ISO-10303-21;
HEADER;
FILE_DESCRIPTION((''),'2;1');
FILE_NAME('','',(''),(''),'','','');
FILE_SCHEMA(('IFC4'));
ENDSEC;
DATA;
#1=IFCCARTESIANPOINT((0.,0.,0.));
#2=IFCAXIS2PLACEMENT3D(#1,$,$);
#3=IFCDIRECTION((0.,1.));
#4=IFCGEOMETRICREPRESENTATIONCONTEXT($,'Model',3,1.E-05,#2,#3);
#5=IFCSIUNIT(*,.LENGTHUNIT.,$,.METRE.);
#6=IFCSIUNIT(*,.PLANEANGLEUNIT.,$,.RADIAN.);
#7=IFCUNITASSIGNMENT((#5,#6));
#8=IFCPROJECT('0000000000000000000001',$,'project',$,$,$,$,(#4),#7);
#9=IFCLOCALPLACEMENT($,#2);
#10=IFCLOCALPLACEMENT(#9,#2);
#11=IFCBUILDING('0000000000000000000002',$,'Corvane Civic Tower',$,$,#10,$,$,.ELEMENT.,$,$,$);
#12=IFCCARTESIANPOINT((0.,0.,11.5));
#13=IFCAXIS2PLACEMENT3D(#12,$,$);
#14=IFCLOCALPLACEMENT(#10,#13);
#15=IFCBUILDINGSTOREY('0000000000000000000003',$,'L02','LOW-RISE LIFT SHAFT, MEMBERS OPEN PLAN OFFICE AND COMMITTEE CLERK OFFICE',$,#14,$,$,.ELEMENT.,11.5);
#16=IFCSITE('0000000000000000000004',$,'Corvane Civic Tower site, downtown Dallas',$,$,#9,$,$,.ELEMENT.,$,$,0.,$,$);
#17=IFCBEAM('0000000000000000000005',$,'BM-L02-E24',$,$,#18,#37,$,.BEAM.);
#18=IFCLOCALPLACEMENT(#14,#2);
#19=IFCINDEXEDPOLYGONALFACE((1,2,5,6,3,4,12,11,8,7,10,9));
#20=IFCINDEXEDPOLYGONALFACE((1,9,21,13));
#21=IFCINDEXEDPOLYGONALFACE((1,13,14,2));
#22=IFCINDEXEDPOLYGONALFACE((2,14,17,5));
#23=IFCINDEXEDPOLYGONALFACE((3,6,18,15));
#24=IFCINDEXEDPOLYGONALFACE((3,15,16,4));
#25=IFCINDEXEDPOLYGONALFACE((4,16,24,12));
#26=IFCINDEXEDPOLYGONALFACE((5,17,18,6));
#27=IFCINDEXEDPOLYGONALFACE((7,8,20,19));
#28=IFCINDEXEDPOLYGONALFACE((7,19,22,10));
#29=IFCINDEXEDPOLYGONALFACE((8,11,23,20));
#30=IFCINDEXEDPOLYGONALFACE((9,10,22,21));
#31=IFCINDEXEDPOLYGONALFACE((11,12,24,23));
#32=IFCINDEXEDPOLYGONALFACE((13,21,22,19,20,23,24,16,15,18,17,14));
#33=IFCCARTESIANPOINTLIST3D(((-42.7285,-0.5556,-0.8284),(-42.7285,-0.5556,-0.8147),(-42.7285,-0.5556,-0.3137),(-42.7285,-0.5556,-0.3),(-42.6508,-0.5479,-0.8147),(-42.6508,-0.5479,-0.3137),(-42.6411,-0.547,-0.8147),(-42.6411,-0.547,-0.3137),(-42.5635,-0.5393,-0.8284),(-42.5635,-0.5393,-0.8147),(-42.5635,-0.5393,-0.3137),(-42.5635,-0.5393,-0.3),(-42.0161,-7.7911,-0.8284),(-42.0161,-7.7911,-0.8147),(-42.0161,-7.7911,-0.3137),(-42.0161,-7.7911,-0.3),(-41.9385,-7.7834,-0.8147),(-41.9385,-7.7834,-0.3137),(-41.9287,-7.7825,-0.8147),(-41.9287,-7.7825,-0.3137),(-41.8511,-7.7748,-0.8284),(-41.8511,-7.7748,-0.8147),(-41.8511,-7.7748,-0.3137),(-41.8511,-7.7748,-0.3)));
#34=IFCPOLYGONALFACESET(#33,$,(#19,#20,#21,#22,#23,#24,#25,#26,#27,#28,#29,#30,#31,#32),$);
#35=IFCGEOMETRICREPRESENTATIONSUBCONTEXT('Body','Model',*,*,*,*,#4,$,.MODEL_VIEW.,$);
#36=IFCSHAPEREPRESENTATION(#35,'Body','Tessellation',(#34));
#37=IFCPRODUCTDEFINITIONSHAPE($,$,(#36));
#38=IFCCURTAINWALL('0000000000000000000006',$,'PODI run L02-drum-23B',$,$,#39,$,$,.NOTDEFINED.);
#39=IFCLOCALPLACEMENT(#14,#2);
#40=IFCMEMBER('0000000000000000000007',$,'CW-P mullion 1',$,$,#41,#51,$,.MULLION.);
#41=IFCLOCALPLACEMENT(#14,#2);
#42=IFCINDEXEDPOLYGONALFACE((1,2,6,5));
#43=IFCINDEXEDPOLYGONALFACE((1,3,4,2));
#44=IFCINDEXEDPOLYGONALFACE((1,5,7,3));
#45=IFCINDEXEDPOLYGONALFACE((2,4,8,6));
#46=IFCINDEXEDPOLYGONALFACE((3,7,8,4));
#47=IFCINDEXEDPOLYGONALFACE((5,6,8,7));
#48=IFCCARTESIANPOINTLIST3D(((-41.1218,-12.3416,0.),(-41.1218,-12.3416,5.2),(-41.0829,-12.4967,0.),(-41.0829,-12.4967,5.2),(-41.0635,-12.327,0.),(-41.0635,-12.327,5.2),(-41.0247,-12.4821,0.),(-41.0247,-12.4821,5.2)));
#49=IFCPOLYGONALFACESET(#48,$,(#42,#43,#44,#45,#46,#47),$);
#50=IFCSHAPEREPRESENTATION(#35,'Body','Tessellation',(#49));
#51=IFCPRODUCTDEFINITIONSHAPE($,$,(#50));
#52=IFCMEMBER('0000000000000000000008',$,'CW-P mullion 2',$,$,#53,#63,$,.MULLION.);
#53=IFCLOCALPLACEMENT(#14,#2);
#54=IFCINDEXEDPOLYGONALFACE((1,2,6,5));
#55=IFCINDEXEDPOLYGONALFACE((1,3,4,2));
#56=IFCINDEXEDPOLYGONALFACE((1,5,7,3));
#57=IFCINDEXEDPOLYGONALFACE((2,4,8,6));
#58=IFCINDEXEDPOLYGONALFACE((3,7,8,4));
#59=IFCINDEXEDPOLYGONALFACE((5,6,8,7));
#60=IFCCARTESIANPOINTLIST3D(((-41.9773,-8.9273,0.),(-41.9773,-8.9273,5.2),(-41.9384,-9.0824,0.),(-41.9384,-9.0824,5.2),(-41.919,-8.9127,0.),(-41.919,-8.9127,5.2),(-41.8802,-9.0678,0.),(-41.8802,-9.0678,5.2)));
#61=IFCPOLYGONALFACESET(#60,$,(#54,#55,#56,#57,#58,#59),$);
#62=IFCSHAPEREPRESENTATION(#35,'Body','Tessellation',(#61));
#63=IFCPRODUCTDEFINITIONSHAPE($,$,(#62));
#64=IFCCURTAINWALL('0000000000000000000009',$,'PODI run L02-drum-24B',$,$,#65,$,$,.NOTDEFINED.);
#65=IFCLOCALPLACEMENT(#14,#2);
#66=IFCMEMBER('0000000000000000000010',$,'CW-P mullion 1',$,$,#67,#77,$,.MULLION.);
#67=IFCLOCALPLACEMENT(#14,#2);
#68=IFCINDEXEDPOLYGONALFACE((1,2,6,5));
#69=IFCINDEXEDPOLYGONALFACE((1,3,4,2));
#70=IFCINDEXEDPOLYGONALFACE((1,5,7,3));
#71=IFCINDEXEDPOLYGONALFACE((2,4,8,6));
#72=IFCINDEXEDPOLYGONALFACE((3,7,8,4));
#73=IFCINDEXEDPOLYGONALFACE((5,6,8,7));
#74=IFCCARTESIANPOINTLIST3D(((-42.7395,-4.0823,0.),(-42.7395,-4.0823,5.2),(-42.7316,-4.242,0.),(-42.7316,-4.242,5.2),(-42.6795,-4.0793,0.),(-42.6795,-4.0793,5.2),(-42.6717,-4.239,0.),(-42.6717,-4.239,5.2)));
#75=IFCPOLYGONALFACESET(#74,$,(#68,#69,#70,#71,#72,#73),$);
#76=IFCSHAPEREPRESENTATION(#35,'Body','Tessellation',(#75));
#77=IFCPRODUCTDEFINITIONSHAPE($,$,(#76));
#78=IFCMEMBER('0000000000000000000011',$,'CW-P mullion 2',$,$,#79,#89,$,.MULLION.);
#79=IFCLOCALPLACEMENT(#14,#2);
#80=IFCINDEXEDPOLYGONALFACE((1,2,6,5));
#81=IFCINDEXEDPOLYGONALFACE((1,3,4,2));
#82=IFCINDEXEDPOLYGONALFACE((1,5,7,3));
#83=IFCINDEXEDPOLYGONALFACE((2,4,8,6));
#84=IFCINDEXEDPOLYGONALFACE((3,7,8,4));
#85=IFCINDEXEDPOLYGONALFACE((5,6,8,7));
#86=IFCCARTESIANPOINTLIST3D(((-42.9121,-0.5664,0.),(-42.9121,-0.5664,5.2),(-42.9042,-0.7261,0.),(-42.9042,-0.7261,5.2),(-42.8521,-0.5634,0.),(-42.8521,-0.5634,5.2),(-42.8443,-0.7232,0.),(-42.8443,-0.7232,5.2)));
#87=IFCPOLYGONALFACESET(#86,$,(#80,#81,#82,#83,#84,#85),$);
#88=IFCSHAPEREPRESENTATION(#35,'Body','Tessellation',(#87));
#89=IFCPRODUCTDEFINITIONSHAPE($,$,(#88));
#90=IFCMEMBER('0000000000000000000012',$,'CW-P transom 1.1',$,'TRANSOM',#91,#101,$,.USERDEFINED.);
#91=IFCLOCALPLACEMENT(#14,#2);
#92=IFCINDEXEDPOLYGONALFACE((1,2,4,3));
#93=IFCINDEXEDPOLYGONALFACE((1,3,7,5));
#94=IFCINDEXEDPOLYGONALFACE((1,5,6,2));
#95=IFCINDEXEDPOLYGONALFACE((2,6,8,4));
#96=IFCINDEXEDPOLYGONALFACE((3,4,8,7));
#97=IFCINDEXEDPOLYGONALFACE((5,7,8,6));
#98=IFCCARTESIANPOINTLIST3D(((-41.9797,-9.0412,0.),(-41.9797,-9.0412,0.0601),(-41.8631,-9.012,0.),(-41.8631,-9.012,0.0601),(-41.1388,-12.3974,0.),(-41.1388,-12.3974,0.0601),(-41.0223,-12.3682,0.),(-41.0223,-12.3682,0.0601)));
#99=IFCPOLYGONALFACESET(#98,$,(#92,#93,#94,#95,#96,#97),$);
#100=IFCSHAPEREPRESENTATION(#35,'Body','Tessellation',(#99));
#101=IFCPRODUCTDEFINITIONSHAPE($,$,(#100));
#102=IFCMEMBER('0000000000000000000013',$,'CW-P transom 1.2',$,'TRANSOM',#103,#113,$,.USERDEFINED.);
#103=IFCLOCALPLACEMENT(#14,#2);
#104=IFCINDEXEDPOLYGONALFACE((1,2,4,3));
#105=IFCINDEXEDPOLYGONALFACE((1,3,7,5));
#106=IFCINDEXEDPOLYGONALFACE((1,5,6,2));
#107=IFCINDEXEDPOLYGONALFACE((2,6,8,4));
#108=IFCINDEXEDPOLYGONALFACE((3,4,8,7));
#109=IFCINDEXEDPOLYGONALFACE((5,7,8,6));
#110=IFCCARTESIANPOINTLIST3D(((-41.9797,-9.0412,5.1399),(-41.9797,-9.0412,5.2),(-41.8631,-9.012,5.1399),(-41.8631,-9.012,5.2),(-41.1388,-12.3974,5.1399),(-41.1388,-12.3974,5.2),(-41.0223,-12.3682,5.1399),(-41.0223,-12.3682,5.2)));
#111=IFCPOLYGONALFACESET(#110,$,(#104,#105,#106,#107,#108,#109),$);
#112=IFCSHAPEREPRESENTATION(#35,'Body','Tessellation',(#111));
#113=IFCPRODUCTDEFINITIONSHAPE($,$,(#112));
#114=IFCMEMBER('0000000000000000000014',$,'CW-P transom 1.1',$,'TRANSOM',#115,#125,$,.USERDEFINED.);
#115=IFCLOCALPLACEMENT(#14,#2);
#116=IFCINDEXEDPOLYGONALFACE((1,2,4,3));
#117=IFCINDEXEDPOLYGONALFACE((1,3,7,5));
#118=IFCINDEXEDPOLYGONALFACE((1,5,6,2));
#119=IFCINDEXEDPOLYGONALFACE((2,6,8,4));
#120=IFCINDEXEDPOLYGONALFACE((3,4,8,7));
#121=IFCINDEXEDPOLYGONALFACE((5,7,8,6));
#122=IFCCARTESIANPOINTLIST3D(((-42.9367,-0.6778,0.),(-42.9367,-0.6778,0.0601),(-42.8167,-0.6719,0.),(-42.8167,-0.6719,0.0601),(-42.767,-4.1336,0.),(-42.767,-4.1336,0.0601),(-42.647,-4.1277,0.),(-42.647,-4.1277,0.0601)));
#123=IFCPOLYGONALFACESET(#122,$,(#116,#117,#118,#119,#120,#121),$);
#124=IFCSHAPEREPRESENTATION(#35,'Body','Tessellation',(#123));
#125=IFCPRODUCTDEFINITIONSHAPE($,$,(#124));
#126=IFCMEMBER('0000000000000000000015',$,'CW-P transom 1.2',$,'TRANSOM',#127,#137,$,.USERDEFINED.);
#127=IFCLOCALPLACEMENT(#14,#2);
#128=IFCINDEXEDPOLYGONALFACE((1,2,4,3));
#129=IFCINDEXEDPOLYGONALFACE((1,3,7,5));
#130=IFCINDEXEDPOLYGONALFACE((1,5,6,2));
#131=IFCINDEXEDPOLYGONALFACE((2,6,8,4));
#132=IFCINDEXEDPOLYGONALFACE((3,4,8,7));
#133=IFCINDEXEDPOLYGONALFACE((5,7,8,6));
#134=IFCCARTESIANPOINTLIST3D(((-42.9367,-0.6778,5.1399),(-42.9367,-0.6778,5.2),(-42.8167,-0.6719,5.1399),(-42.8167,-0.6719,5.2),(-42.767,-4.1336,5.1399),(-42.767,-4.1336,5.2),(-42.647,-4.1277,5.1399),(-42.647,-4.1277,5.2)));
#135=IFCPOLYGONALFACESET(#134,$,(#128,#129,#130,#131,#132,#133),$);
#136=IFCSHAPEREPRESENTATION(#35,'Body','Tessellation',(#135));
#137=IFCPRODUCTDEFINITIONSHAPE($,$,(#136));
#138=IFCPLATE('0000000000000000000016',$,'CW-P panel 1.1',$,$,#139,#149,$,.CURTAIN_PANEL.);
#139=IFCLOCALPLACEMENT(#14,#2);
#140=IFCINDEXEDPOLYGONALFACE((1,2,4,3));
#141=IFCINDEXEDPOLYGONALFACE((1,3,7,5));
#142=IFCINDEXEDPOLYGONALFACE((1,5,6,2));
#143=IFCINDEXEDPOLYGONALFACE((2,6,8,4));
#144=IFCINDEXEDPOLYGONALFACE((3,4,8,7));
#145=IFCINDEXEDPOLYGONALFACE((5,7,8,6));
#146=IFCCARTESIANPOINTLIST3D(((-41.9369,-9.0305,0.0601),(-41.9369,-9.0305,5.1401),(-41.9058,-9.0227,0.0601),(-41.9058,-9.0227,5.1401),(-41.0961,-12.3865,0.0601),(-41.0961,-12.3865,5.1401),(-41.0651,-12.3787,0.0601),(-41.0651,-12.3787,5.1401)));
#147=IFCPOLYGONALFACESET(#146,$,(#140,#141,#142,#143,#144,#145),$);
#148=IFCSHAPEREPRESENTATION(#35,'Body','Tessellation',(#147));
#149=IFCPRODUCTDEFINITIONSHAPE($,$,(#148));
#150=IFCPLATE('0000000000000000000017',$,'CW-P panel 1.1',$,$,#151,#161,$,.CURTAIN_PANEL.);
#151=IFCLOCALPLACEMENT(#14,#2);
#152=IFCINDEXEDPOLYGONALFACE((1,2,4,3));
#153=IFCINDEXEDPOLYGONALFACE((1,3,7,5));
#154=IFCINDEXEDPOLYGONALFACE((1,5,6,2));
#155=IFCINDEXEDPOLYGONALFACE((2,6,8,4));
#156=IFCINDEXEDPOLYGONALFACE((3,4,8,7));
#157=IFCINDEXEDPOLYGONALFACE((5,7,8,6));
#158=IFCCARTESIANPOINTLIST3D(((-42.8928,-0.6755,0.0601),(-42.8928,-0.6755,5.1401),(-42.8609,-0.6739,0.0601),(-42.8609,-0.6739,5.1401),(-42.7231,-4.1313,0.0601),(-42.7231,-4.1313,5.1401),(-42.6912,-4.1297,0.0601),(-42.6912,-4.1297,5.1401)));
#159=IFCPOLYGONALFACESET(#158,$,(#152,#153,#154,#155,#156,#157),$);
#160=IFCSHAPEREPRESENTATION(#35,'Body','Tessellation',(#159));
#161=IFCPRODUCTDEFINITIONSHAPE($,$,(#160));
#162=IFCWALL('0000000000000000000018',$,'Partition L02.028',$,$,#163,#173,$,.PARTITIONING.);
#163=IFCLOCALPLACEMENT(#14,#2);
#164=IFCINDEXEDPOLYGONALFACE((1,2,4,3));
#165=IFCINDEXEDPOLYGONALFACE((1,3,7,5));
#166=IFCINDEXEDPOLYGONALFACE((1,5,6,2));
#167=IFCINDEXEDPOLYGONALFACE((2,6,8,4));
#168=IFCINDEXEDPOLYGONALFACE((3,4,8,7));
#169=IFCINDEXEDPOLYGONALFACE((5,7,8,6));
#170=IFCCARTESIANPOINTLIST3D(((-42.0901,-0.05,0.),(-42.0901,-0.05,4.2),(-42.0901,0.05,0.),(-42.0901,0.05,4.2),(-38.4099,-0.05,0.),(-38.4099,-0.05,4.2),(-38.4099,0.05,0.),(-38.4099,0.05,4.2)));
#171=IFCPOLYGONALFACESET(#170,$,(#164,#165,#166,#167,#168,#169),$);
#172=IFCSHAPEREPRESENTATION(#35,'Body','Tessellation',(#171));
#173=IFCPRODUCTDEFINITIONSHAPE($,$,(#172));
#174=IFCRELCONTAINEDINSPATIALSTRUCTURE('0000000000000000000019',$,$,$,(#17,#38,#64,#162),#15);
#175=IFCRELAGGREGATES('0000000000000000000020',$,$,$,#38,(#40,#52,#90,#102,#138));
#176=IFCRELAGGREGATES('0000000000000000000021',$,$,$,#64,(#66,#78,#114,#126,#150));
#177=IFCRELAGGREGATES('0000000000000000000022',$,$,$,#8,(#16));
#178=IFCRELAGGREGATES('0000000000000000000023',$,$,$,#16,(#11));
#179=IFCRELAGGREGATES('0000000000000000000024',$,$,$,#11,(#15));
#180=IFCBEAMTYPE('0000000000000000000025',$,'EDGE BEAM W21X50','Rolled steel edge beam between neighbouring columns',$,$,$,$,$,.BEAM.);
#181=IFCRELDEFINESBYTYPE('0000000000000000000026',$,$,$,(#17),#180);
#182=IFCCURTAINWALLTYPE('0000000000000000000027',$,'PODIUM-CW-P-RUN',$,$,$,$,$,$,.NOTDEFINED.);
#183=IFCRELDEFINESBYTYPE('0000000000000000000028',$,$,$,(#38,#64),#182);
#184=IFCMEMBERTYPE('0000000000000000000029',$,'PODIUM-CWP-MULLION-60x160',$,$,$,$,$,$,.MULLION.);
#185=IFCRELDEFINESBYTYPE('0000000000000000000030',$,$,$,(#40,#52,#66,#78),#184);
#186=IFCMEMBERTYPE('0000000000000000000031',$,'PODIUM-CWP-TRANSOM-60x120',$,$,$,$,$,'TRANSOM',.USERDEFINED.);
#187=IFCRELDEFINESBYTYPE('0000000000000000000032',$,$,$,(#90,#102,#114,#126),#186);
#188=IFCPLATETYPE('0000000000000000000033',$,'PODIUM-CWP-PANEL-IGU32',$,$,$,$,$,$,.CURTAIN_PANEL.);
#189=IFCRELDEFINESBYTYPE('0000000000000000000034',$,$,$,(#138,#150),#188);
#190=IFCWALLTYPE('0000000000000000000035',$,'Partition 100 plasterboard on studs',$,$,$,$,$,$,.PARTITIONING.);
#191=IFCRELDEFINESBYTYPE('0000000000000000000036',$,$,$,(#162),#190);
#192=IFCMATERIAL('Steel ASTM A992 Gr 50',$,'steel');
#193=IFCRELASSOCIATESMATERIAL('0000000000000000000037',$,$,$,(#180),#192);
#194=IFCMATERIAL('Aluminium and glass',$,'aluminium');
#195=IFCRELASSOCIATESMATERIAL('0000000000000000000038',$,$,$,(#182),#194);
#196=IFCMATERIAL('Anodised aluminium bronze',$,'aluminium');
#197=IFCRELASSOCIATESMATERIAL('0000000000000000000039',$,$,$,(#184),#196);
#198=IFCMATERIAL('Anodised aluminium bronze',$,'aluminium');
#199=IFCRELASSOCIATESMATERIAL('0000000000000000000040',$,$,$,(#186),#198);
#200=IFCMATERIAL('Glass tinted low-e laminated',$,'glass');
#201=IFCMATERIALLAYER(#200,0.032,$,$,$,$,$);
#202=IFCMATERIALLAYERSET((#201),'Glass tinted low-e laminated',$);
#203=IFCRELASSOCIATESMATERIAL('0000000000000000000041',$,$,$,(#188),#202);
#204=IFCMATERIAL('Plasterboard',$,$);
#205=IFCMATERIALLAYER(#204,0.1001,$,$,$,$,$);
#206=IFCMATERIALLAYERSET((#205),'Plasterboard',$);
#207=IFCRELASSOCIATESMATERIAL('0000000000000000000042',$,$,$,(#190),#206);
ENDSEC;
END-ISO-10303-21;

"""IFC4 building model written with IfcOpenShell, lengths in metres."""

from ifc_helpers import new_model, si_unit, direction, frame, frame_2d, origin, origin_2d, place, context, subcontext, project, spatial, rectangle, i_section, extrude, material, layer, layer_set, material_profile, profile_set, type_object, element, aggregate, save


model = new_model("IFC4")

# Units and contexts
model_context = context("Model", 3, precision=1e-05, world=origin(), true_north=direction((0.0, 1.0)))
body_context = subcontext(model_context, "Body", "Model", "MODEL_VIEW")
ifc_project = project(units=[si_unit("LENGTHUNIT", "METRE"), si_unit("PLANEANGLEUNIT", "RADIAN")], contexts=[model_context])

# Site, building, storey
site_placement = place(None, origin())
site = spatial("IfcSite", under=ifc_project, at=site_placement, Name="Corvane Civic Tower site, downtown Dallas", CompositionType="ELEMENT", RefElevation=0.0)
building_placement = place(site_placement, origin())
building = spatial("IfcBuilding", under=site, at=building_placement, Name="Corvane Civic Tower", CompositionType="ELEMENT")
storey_placement = place(building_placement, frame((0.0, 0.0, 11.5)))
storey = spatial("IfcBuildingStorey", under=building, at=storey_placement, Name="L02", Description="LOW-RISE LIFT SHAFT, MEMBERS OPEN PLAN OFFICE AND COMMITTEE CLERK OFFICE", CompositionType="ELEMENT", Elevation=11.5)

# Beam
ifc_material_1 = material(Name="Steel ASTM A992 Gr 50", Category="steel")
ifc_material_profile_1 = material_profile(ifc_material_1, i_section(OverallWidth=0.1658, OverallDepth=0.5283, WebThickness=0.0098, FlangeThickness=0.0137, at=origin_2d()), Name="W21X50")
ifc_profile_set_1 = profile_set([ifc_material_profile_1], Name="Steel ASTM A992 Gr 50")
beam_type = type_object("IfcBeamType", Name="EDGE BEAM W21X50", Description="Rolled steel edge beam between neighbouring columns", PredefinedType="BEAM", material=ifc_profile_set_1)
beam_placement = place(storey_placement, frame((-41.9336, -7.783, -0.5642), z_axis=(-0.097984, 0.995188, 0.0), x_axis=(-0.995188, -0.097984, 0.0)))
element("IfcBeam", 1, at=beam_placement, inside=storey, type_object=beam_type, Name="BM-L02-E24", PredefinedType="BEAM", context=body_context, shape_type="SweptSolid", body=[
    extrude(i_section(OverallWidth=0.1658, OverallDepth=0.5283, WebThickness=0.0098, FlangeThickness=0.0137, at=origin_2d()), origin(), (0.0, 0.0, 1.0), 7.2705),
])

# Curtain walls, members
ifc_material_2 = material(Name="Aluminium and glass", Category="aluminium")
curtain_wall_type = type_object("IfcCurtainWallType", Name="PODIUM-CW-P-RUN", PredefinedType="NOTDEFINED", material=ifc_material_2)
curtain_wall_1_placement = place(storey_placement, origin())
curtain_wall_1 = element("IfcCurtainWall", 2, at=curtain_wall_1_placement, inside=storey, type_object=curtain_wall_type, Name="PODI run L02-drum-23B", PredefinedType="NOTDEFINED")
ifc_material_3 = material(Name="Anodised aluminium bronze", Category="aluminium")
ifc_material_profile_2 = material_profile(ifc_material_3, rectangle(XDim=0.0601, YDim=0.1599, at=origin_2d()), Name="AL 60x160")
ifc_profile_set_2 = profile_set([ifc_material_profile_2], Name="Anodised aluminium bronze")
member_type_1 = type_object("IfcMemberType", Name="PODIUM-CWP-MULLION-60x160", PredefinedType="MULLION", material=ifc_profile_set_2)
member_1_placement = place(storey_placement, frame((-41.0732, -12.4119, 0.0), z_axis=(0.0, 0.0, 1.0), x_axis=(-0.970024, -0.243009, 0.0)))
member_1 = element("IfcMember", 3, at=member_1_placement, type_object=member_type_1, Name="CW-P mullion 1", PredefinedType="MULLION", context=body_context, shape_type="SweptSolid", body=[
    extrude(rectangle(XDim=0.0601, YDim=0.1599, at=origin_2d()), origin(), (0.0, 0.0, 1.0), 5.2),
])
member_2_placement = place(storey_placement, frame((-41.9287, -8.9976, 0.0), z_axis=(0.0, 0.0, 1.0), x_axis=(-0.970024, -0.243009, 0.0)))
member_2 = element("IfcMember", 4, at=member_2_placement, type_object=member_type_1, Name="CW-P mullion 2", PredefinedType="MULLION", context=body_context, shape_type="SweptSolid", body=[
    extrude(rectangle(XDim=0.0601, YDim=0.1599, at=origin_2d()), origin(), (0.0, 0.0, 1.0), 5.2),
])
curtain_wall_2_placement = place(storey_placement, origin())
curtain_wall_2 = element("IfcCurtainWall", 5, at=curtain_wall_2_placement, inside=storey, type_object=curtain_wall_type, Name="PODI run L02-drum-24B", PredefinedType="NOTDEFINED")
member_3_placement = place(storey_placement, frame((-42.7056, -4.1606, 0.0), z_axis=(0.0, 0.0, 1.0), x_axis=(-0.998796, -0.04905, 0.0)))
member_3 = element("IfcMember", 6, at=member_3_placement, type_object=member_type_1, Name="CW-P mullion 1", PredefinedType="MULLION", context=body_context, shape_type="SweptSolid", body=[
    extrude(rectangle(XDim=0.0601, YDim=0.1599, at=origin_2d()), origin(), (0.0, 0.0, 1.0), 5.2),
])
member_4_placement = place(storey_placement, frame((-42.8782, -0.6448, 0.0), z_axis=(0.0, 0.0, 1.0), x_axis=(-0.998796, -0.04905, 0.0)))
member_4 = element("IfcMember", 7, at=member_4_placement, type_object=member_type_1, Name="CW-P mullion 2", PredefinedType="MULLION", context=body_context, shape_type="SweptSolid", body=[
    extrude(rectangle(XDim=0.0601, YDim=0.1599, at=origin_2d()), origin(), (0.0, 0.0, 1.0), 5.2),
])

# Members
ifc_material_4 = material(Name="Anodised aluminium bronze", Category="aluminium")
ifc_material_profile_3 = material_profile(ifc_material_4, rectangle(XDim=0.1201, YDim=0.0601, at=origin_2d()), Name="AL 120x60")
ifc_profile_set_3 = profile_set([ifc_material_profile_3], Name="Anodised aluminium bronze")
member_type_2 = type_object("IfcMemberType", Name="PODIUM-CWP-TRANSOM-60x120", ElementType="TRANSOM", PredefinedType="USERDEFINED", material=ifc_profile_set_3)
member_5_placement = place(storey_placement, frame((-41.0806, -12.3828, 0.03), z_axis=(-0.243017, 0.970022, 0.0), x_axis=(-0.970022, -0.243017, 0.0)))
member_5 = element("IfcMember", 8, at=member_5_placement, type_object=member_type_2, Name="CW-P transom 1.1", ObjectType="TRANSOM", PredefinedType="USERDEFINED", context=body_context, shape_type="SweptSolid", body=[
    extrude(rectangle(XDim=0.1201, YDim=0.0601, at=origin_2d()), origin(), (0.0, 0.0, 1.0), 3.46),
])
member_6_placement = place(storey_placement, frame((-41.0806, -12.3828, 5.1699), z_axis=(-0.243017, 0.970022, 0.0), x_axis=(-0.970022, -0.243017, 0.0)))
member_6 = element("IfcMember", 9, at=member_6_placement, type_object=member_type_2, Name="CW-P transom 1.2", ObjectType="TRANSOM", PredefinedType="USERDEFINED", context=body_context, shape_type="SweptSolid", body=[
    extrude(rectangle(XDim=0.1201, YDim=0.0601, at=origin_2d()), origin(), (0.0, 0.0, 1.0), 3.46),
])
member_7_placement = place(storey_placement, frame((-42.707, -4.1306, 0.03), z_axis=(-0.04904, 0.998797, 0.0), x_axis=(-0.998797, -0.04904, 0.0)))
member_7 = element("IfcMember", 10, at=member_7_placement, type_object=member_type_2, Name="CW-P transom 1.1", ObjectType="TRANSOM", PredefinedType="USERDEFINED", context=body_context, shape_type="SweptSolid", body=[
    extrude(rectangle(XDim=0.1201, YDim=0.0601, at=origin_2d()), origin(), (0.0, 0.0, 1.0), 3.46),
])
member_8_placement = place(storey_placement, frame((-42.707, -4.1306, 5.1699), z_axis=(-0.04904, 0.998797, 0.0), x_axis=(-0.998797, -0.04904, 0.0)))
member_8 = element("IfcMember", 11, at=member_8_placement, type_object=member_type_2, Name="CW-P transom 1.2", ObjectType="TRANSOM", PredefinedType="USERDEFINED", context=body_context, shape_type="SweptSolid", body=[
    extrude(rectangle(XDim=0.1201, YDim=0.0601, at=origin_2d()), origin(), (0.0, 0.0, 1.0), 3.46),
])

# Plates
ifc_material_5 = material(Name="Glass tinted low-e laminated", Category="glass")
ifc_layer_1 = layer(ifc_material_5, 0.032)
ifc_layer_set_1 = layer_set([ifc_layer_1], Name="Glass tinted low-e laminated")
plate_type = type_object("IfcPlateType", Name="PODIUM-CWP-PANEL-IGU32", PredefinedType="CURTAIN_PANEL", material=ifc_layer_set_1)
plate_1_placement = place(storey_placement, frame((-41.501, -10.7046, 0.0601), z_axis=(0.0, 0.0, 1.0), x_axis=(-0.243009, 0.970024, 0.0)))
plate_1 = element("IfcPlate", 12, at=plate_1_placement, type_object=plate_type, Name="CW-P panel 1.1", PredefinedType="CURTAIN_PANEL", context=body_context, shape_type="SweptSolid", body=[
    extrude(rectangle(XDim=3.4597, YDim=0.032, at=origin_2d()), origin(), (0.0, 0.0, 1.0), 5.0801),
])
aggregate(curtain_wall_1, [member_1, member_2, member_5, member_6, plate_1])
plate_2_placement = place(storey_placement, frame((-42.792, -2.4026, 0.0601), z_axis=(0.0, 0.0, 1.0), x_axis=(-0.04905, 0.998796, 0.0)))
plate_2 = element("IfcPlate", 13, at=plate_2_placement, type_object=plate_type, Name="CW-P panel 1.1", PredefinedType="CURTAIN_PANEL", context=body_context, shape_type="SweptSolid", body=[
    extrude(rectangle(XDim=3.46, YDim=0.032, at=origin_2d()), origin(), (0.0, 0.0, 1.0), 5.0801),
])
aggregate(curtain_wall_2, [member_3, member_4, member_7, member_8, plate_2])

# Wall
ifc_material_6 = material(Name="Plasterboard")
ifc_layer_2 = layer(ifc_material_6, 0.1001)
ifc_layer_set_2 = layer_set([ifc_layer_2], Name="Plasterboard")
wall_type_1 = type_object("IfcWallType", Name="Partition 100 plasterboard on studs", PredefinedType="PARTITIONING", material=ifc_layer_set_2)
wall_1_placement = place(storey_placement, frame((-42.0901, 0.0, 0.0), z_axis=(0.0, 0.0, 1.0), x_axis=(1.0, 0.0, 0.0)))
element("IfcWall", 14, at=wall_1_placement, inside=storey, type_object=wall_type_1, Name="Partition L02.028", PredefinedType="PARTITIONING", context=body_context, shape_type="SweptSolid", body=[
    extrude(rectangle(XDim=3.6802, YDim=0.1001, at=frame_2d((1.8401, 0.0))), origin(), (0.0, 0.0, 1.0), 4.2),
])

save(model, "model.ifc")
